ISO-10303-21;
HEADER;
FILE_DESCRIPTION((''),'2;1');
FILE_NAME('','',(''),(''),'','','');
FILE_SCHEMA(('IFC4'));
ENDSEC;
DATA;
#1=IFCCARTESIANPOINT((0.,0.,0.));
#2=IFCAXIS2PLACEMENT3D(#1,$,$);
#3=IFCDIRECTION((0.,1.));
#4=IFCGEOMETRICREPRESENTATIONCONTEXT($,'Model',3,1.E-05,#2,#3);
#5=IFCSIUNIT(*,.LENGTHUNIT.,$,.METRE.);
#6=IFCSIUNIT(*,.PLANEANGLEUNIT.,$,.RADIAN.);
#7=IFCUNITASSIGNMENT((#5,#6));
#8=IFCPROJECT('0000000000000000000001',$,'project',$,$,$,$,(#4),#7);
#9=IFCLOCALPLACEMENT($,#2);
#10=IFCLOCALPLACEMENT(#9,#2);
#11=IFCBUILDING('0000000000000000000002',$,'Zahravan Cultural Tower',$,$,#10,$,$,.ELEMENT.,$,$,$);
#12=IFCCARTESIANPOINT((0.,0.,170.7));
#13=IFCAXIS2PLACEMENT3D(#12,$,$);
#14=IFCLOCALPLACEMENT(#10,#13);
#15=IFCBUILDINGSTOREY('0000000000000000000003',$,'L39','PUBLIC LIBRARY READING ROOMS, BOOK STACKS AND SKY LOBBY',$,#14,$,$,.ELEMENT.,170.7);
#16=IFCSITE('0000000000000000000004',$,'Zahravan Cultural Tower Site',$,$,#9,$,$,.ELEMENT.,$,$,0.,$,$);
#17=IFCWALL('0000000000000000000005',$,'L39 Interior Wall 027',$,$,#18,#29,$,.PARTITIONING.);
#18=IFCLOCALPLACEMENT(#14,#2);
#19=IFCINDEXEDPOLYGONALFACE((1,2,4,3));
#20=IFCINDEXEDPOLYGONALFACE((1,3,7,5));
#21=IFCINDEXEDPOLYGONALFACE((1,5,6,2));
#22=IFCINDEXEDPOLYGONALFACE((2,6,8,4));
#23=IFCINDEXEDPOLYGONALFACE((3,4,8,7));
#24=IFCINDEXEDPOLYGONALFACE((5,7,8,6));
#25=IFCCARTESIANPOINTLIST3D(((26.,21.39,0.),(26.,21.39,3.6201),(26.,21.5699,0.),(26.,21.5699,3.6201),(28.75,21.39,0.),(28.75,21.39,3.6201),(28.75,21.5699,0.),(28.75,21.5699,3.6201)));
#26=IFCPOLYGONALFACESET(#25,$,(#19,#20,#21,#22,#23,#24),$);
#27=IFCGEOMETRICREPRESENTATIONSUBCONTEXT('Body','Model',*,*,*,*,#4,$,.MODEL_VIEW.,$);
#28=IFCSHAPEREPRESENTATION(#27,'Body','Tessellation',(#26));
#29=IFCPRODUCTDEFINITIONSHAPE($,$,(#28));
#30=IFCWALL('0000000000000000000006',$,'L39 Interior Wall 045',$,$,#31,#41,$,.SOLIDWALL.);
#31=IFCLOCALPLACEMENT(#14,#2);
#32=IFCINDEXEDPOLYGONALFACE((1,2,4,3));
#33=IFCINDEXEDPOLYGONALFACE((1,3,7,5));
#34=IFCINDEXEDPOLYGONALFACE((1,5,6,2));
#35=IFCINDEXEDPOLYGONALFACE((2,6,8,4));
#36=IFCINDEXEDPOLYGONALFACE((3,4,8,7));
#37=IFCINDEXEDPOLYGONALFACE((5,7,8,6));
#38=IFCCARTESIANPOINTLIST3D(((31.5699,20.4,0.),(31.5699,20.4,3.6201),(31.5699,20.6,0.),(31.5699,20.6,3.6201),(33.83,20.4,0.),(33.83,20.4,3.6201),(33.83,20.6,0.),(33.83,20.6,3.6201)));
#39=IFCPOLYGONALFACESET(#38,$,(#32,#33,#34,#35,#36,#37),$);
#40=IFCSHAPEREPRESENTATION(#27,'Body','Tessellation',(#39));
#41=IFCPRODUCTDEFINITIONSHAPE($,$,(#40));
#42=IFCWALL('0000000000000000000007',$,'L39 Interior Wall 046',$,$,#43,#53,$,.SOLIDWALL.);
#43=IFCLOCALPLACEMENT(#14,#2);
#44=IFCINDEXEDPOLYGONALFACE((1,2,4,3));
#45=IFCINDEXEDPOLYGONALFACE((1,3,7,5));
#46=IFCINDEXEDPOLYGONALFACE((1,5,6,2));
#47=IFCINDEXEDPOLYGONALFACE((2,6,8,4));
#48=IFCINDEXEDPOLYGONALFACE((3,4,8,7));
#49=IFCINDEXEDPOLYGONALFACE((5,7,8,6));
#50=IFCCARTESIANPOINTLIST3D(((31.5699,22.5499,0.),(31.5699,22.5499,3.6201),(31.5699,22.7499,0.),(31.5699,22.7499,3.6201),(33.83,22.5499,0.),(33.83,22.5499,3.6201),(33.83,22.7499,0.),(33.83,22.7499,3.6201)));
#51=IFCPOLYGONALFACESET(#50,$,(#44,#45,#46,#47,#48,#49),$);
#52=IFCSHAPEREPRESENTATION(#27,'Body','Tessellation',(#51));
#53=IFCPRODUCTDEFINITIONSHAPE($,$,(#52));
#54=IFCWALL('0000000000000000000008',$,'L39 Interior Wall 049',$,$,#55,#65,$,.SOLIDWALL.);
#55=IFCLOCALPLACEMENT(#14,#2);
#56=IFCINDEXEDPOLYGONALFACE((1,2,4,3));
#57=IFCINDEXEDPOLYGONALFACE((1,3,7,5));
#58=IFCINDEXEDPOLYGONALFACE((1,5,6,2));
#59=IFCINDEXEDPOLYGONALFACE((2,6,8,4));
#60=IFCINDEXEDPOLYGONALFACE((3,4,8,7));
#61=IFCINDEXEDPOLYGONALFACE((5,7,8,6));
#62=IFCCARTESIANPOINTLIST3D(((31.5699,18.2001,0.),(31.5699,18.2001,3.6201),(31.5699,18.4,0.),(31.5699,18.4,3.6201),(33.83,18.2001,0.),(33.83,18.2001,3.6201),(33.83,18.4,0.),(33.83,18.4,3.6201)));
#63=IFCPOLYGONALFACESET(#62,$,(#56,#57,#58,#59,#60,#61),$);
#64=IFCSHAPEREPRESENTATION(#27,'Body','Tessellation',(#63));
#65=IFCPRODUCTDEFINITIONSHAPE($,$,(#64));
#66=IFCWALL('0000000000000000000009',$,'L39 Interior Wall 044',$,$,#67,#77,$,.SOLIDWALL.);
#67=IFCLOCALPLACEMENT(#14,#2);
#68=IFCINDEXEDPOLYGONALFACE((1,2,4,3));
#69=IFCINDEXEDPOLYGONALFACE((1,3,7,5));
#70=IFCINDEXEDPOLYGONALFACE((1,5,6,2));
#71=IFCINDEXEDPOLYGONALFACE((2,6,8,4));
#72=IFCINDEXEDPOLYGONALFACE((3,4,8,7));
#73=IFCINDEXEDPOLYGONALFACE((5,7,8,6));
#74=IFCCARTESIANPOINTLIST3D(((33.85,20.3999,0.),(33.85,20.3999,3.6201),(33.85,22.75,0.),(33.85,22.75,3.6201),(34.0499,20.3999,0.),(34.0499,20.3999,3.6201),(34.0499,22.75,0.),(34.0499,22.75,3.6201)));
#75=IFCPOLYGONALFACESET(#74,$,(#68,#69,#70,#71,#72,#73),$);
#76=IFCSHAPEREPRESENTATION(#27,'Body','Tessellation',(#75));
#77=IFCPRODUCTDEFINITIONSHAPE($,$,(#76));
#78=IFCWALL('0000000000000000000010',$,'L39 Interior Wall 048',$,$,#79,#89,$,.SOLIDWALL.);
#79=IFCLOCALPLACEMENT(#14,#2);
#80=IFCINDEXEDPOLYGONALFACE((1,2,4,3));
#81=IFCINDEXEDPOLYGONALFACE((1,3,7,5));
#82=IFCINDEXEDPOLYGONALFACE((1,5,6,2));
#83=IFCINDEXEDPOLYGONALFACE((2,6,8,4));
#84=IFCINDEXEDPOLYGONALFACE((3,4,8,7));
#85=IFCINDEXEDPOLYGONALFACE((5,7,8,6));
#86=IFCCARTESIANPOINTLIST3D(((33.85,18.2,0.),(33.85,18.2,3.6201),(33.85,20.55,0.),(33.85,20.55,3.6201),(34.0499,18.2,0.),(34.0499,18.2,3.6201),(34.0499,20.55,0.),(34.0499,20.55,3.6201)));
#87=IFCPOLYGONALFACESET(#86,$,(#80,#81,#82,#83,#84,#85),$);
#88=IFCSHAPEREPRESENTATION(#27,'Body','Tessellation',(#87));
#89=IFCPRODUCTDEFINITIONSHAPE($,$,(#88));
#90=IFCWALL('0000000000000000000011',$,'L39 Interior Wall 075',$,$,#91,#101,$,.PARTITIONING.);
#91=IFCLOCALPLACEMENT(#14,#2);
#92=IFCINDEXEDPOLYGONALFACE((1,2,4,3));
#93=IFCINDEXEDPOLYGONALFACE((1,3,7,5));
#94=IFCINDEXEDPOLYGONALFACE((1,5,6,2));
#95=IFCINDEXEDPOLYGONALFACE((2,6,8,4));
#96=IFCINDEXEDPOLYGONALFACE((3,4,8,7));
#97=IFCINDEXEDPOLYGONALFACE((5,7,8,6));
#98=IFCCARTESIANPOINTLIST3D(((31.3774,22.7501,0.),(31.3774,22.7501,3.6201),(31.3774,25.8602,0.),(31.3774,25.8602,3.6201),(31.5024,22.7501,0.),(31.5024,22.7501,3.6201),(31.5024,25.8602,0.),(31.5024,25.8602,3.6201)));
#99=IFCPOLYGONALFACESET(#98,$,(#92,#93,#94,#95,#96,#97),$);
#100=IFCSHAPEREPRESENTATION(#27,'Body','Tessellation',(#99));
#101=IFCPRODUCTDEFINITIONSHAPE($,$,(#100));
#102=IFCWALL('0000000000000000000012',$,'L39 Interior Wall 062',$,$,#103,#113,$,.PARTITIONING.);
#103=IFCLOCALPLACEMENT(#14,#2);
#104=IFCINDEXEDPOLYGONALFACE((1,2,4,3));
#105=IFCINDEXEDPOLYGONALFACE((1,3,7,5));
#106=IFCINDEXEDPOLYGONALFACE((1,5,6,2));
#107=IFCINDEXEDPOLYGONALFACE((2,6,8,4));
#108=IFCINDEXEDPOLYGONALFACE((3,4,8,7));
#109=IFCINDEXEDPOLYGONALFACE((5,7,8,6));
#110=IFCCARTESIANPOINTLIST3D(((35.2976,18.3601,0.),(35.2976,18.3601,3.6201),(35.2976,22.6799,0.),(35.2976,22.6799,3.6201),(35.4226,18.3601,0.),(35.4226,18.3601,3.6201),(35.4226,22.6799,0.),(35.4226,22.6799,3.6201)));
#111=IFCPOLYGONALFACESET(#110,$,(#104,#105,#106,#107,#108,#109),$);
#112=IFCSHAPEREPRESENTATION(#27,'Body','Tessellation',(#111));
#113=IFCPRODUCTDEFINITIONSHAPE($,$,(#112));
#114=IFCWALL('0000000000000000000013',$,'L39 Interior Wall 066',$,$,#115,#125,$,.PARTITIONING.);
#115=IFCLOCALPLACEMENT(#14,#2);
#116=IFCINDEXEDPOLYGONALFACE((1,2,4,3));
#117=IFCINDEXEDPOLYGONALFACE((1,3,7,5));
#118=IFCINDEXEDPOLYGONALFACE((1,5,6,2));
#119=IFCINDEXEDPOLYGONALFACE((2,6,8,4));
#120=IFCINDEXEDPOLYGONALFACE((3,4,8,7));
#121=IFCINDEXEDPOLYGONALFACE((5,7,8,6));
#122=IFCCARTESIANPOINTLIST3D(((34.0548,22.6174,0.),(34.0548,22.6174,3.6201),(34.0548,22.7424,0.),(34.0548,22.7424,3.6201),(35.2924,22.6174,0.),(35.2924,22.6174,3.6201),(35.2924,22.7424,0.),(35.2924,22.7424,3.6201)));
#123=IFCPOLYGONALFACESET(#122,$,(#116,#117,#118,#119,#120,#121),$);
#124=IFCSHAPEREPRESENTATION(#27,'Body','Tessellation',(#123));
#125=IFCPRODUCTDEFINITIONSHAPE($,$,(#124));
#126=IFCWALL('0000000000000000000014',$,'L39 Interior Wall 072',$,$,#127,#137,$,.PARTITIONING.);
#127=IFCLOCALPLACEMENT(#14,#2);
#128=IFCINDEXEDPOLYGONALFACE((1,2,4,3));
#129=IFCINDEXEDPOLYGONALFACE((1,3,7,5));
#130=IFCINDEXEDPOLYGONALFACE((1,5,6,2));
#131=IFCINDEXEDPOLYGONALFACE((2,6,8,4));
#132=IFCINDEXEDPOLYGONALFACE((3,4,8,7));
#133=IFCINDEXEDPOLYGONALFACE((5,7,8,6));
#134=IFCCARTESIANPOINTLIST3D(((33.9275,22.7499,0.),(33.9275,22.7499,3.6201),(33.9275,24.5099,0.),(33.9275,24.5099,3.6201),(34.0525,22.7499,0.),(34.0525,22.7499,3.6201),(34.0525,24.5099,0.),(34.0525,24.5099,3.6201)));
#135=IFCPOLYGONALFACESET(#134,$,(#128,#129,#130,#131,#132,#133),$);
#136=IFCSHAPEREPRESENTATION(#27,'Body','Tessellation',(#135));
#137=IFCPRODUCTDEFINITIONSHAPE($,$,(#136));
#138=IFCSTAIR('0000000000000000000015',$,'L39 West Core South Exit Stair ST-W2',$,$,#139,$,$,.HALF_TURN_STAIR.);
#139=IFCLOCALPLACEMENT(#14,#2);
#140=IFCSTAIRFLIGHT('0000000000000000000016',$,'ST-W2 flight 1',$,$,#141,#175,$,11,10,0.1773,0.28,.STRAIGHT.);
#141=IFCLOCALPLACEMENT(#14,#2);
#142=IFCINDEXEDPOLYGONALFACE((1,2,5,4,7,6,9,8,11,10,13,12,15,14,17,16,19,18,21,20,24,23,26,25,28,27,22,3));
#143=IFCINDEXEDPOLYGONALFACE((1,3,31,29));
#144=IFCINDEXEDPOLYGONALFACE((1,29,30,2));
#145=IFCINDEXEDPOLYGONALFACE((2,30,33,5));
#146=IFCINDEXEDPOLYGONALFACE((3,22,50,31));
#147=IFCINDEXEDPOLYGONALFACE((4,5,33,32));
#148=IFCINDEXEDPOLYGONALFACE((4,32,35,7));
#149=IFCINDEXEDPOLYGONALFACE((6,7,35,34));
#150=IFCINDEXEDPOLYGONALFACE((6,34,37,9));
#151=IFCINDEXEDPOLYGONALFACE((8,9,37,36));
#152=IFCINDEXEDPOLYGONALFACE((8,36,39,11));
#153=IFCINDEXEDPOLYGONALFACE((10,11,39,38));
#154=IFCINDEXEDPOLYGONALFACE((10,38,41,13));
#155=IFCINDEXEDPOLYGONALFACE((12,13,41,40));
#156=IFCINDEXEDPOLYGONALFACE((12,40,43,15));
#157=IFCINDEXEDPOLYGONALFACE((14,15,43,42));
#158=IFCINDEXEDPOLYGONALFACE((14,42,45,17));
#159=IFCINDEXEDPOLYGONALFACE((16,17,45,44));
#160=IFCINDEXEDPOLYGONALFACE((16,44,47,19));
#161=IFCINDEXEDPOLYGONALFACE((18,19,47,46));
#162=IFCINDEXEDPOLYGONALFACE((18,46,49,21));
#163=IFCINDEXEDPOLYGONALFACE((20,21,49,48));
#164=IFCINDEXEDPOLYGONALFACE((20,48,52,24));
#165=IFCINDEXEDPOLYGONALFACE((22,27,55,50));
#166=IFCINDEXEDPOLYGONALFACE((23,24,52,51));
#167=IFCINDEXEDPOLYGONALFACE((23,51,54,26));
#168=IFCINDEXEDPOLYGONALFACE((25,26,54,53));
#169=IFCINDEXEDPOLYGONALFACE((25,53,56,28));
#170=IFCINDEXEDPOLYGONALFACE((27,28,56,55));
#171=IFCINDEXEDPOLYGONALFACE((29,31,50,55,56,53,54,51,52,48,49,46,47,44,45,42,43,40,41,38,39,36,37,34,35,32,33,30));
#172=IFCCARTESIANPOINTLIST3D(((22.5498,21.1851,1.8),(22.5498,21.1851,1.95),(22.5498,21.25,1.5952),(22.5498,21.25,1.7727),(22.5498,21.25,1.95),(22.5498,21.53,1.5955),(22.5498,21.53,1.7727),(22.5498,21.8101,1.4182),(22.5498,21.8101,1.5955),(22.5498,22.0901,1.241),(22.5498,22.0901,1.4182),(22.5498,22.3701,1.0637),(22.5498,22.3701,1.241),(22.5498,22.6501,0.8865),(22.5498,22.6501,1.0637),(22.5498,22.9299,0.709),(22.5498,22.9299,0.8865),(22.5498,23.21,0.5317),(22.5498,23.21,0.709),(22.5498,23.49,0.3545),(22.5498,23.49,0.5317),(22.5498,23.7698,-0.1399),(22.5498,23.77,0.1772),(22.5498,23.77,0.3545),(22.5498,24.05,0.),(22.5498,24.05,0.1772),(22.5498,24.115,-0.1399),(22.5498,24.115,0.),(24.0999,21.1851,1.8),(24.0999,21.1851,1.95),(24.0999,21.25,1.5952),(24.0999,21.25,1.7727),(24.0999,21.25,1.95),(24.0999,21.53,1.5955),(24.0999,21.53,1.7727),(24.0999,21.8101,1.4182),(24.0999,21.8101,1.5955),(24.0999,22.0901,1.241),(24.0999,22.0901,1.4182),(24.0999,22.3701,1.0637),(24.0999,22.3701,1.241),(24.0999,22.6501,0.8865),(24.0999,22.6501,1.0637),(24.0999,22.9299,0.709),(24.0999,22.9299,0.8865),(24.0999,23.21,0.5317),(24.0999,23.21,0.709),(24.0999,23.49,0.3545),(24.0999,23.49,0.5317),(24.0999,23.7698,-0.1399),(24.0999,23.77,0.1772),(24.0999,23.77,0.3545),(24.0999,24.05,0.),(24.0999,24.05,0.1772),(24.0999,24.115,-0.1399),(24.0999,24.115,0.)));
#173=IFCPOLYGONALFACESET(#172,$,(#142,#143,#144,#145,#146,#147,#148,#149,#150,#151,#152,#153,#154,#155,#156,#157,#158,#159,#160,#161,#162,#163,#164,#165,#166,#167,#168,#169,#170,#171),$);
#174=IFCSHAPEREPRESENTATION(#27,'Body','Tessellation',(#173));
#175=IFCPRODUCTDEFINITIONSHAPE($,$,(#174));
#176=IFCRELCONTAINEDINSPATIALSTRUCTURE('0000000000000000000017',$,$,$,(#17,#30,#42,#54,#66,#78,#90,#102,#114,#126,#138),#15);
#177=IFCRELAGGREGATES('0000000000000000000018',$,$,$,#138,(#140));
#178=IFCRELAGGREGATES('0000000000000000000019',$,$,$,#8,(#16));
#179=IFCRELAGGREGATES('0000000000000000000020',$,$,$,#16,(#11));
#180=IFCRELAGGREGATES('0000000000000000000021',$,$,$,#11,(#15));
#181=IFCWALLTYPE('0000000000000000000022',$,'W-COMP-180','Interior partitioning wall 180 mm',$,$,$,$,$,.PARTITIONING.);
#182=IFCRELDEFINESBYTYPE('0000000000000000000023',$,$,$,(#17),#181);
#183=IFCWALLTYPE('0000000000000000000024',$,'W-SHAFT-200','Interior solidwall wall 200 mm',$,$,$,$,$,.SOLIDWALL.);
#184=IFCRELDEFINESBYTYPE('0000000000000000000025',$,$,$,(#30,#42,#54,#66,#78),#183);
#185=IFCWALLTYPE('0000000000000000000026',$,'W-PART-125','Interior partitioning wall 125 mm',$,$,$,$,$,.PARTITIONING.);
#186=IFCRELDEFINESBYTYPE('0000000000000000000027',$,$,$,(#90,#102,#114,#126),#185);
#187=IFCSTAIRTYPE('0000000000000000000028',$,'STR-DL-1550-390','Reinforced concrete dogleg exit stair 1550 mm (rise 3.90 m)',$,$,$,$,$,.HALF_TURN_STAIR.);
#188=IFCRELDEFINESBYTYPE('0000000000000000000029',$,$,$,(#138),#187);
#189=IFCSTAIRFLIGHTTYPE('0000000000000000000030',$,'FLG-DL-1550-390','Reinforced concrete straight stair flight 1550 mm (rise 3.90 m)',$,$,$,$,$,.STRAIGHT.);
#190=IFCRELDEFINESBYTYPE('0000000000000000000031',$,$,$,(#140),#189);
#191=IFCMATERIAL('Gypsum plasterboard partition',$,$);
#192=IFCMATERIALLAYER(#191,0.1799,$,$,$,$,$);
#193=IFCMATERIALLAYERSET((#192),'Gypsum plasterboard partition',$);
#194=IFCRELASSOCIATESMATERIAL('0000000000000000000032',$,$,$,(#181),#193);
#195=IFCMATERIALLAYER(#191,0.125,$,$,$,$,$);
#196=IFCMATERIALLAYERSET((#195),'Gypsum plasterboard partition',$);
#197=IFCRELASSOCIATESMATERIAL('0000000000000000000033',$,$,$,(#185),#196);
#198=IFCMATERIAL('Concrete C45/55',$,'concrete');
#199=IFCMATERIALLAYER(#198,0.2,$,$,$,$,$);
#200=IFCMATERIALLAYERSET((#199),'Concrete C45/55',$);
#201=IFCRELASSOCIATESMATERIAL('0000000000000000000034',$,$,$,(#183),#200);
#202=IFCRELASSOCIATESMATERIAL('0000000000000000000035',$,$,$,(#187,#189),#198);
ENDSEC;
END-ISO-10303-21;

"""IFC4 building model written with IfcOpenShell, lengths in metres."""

from ifc_helpers import new_model, si_unit, direction, frame, frame_2d, origin, place, context, subcontext, project, spatial, polyline, rectangle, outline, extrude, source, transform, mapped, material, layer, layer_set, type_object, element, aggregate, save


model = new_model("IFC4")

# Units and contexts
model_context = context("Model", 3, precision=1e-05, world=origin(), true_north=direction((0.0, 1.0)))
body_context = subcontext(model_context, "Body", "Model", "MODEL_VIEW")
ifc_project = project(units=[si_unit("LENGTHUNIT", "METRE"), si_unit("PLANEANGLEUNIT", "RADIAN")], contexts=[model_context])

# Site, building, storey
site_placement = place(None, origin())
site = spatial("IfcSite", under=ifc_project, at=site_placement, Name="Zahravan Cultural Tower Site", CompositionType="ELEMENT", RefElevation=0.0)
building_placement = place(site_placement, origin())
building = spatial("IfcBuilding", under=site, at=building_placement, Name="Zahravan Cultural Tower", CompositionType="ELEMENT")
storey_placement = place(building_placement, frame((0.0, 0.0, 170.7)))
storey = spatial("IfcBuildingStorey", under=building, at=storey_placement, Name="L39", Description="PUBLIC LIBRARY READING ROOMS, BOOK STACKS AND SKY LOBBY", CompositionType="ELEMENT", Elevation=170.7)

# Shared definitions
ifc_material_1 = material(Name="Gypsum plasterboard partition")
ifc_layer_1 = layer(ifc_material_1, 0.1799)
ifc_layer_set_1 = layer_set([ifc_layer_1], Name="Gypsum plasterboard partition")
wall_type_1 = type_object("IfcWallType", Name="W-COMP-180", Description="Interior partitioning wall 180 mm", PredefinedType="PARTITIONING", material=ifc_layer_set_1)
ifc_layer_2 = layer(ifc_material_1, 0.125)
ifc_layer_set_2 = layer_set([ifc_layer_2], Name="Gypsum plasterboard partition")
wall_type_2 = type_object("IfcWallType", Name="W-PART-125", Description="Interior partitioning wall 125 mm", PredefinedType="PARTITIONING", material=ifc_layer_set_2)
ifc_material_2 = material(Name="Concrete C45/55", Category="concrete")
ifc_layer_3 = layer(ifc_material_2, 0.2)
ifc_layer_set_3 = layer_set([ifc_layer_3], Name="Concrete C45/55")
wall_type_3 = type_object("IfcWallType", Name="W-SHAFT-200", Description="Interior solidwall wall 200 mm", PredefinedType="SOLIDWALL", material=ifc_layer_set_3)

# Walls
shared_shape_1 = source(origin(), body_context, "Body", "SweptSolid", [
    extrude(rectangle(XDim=2.75, YDim=0.1799, at=frame_2d((1.375, 0.0))), origin(), (0.0, 0.0, 1.0), 3.6201),
])
wall_1_placement = place(storey_placement, frame((26.0, 21.48, 0.0), z_axis=(0.0, 0.0, 1.0), x_axis=(1.0, 0.0, 0.0)))
element("IfcWall", 1, at=wall_1_placement, inside=storey, type_object=wall_type_1, Name="L39 Interior Wall 027", PredefinedType="PARTITIONING", context=body_context, shape_type="MappedRepresentation", body=[
    mapped(shared_shape_1, transform((0.0, 0.0, 0.0), x_axis=(1.0, 0.0, 0.0), y_axis=(0.0, 1.0, 0.0), z_axis=(0.0, 0.0, 1.0), scale=1.0)),
])
shared_shape_2 = source(origin(), body_context, "Body", "SweptSolid", [
    extrude(rectangle(XDim=2.26, YDim=0.2, at=frame_2d((1.1299, 0.0))), origin(), (0.0, 0.0, 1.0), 3.6201),
])
for number, where, z_axis, x_axis, name in (
    (2, (31.5701, 20.5, 0.0), (0.0, 0.0, 1.0), (1.0, 0.0, 0.0), "L39 Interior Wall 045"),
    (3, (31.5701, 22.6499, 0.0), (0.0, 0.0, 1.0), (1.0, 0.0, 0.0), "L39 Interior Wall 046"),
    (4, (31.5701, 18.3, 0.0), (0.0, 0.0, 1.0), (1.0, 0.0, 0.0), "L39 Interior Wall 049"),
):
    element("IfcWall", number, at=place(storey_placement, frame(where, z_axis=z_axis, x_axis=x_axis)), inside=storey, type_object=wall_type_3, Name=name, PredefinedType="SOLIDWALL", context=body_context, shape_type="MappedRepresentation", body=[
        mapped(shared_shape_2, transform((0.0, 0.0, 0.0), x_axis=(1.0, 0.0, 0.0), y_axis=(0.0, 1.0, 0.0), z_axis=(0.0, 0.0, 1.0), scale=1.0)),
    ])
shared_shape_3 = source(origin(), body_context, "Body", "SweptSolid", [
    extrude(rectangle(XDim=2.3501, YDim=0.2, at=frame_2d((1.175, 0.0))), origin(), (0.0, 0.0, 1.0), 3.6201),
])
for number, where, z_axis, x_axis, name in (
    (5, (33.95, 20.3999, 0.0), (0.0, 0.0, 1.0), (0.0, 1.0, 0.0), "L39 Interior Wall 044"),
    (6, (33.95, 18.2, 0.0), (0.0, 0.0, 1.0), (0.0, 1.0, 0.0), "L39 Interior Wall 048"),
):
    element("IfcWall", number, at=place(storey_placement, frame(where, z_axis=z_axis, x_axis=x_axis)), inside=storey, type_object=wall_type_3, Name=name, PredefinedType="SOLIDWALL", context=body_context, shape_type="MappedRepresentation", body=[
        mapped(shared_shape_3, transform((0.0, 0.0, 0.0), x_axis=(1.0, 0.0, 0.0), y_axis=(0.0, 1.0, 0.0), z_axis=(0.0, 0.0, 1.0), scale=1.0)),
    ])
shared_shape_4 = source(origin(), body_context, "Body", "SweptSolid", [
    extrude(rectangle(XDim=3.1101, YDim=0.125, at=frame_2d((1.5552, 0.0))), origin(), (0.0, 0.0, 1.0), 3.6201),
])
wall_2_placement = place(storey_placement, frame((31.4399, 22.75, 0.0), z_axis=(0.0, 0.0, 1.0), x_axis=(0.0, 1.0, 0.0)))
element("IfcWall", 7, at=wall_2_placement, inside=storey, type_object=wall_type_2, Name="L39 Interior Wall 075", PredefinedType="PARTITIONING", context=body_context, shape_type="MappedRepresentation", body=[
    mapped(shared_shape_4, transform((0.0, 0.0, 0.0), x_axis=(1.0, 0.0, 0.0), y_axis=(0.0, 1.0, 0.0), z_axis=(0.0, 0.0, 1.0), scale=1.0)),
])
shared_shape_5 = source(origin(), body_context, "Body", "SweptSolid", [
    extrude(rectangle(XDim=4.3198, YDim=0.125, at=frame_2d((2.1599, 0.0))), origin(), (0.0, 0.0, 1.0), 3.6201),
])
wall_3_placement = place(storey_placement, frame((35.3601, 18.3601, 0.0), z_axis=(0.0, 0.0, 1.0), x_axis=(0.0, 1.0, 0.0)))
element("IfcWall", 8, at=wall_3_placement, inside=storey, type_object=wall_type_2, Name="L39 Interior Wall 062", PredefinedType="PARTITIONING", context=body_context, shape_type="MappedRepresentation", body=[
    mapped(shared_shape_5, transform((0.0, 0.0, 0.0), x_axis=(1.0, 0.0, 0.0), y_axis=(0.0, 1.0, 0.0), z_axis=(0.0, 0.0, 1.0), scale=1.0)),
])
shared_shape_6 = source(origin(), body_context, "Body", "SweptSolid", [
    extrude(rectangle(XDim=1.2375, YDim=0.125, at=frame_2d((0.6187, 0.0))), origin(), (0.0, 0.0, 1.0), 3.6201),
])
wall_4_placement = place(storey_placement, frame((34.0549, 22.6799, 0.0), z_axis=(0.0, 0.0, 1.0), x_axis=(1.0, 0.0, 0.0)))
element("IfcWall", 9, at=wall_4_placement, inside=storey, type_object=wall_type_2, Name="L39 Interior Wall 066", PredefinedType="PARTITIONING", context=body_context, shape_type="MappedRepresentation", body=[
    mapped(shared_shape_6, transform((0.0, 0.0, 0.0), x_axis=(1.0, 0.0, 0.0), y_axis=(0.0, 1.0, 0.0), z_axis=(0.0, 0.0, 1.0), scale=1.0)),
])
shared_shape_7 = source(origin(), body_context, "Body", "SweptSolid", [
    extrude(rectangle(XDim=1.76, YDim=0.125, at=frame_2d((0.8799, 0.0))), origin(), (0.0, 0.0, 1.0), 3.6201),
])
wall_5_placement = place(storey_placement, frame((33.99, 22.75, 0.0), z_axis=(0.0, 0.0, 1.0), x_axis=(0.0, 1.0, 0.0)))
element("IfcWall", 10, at=wall_5_placement, inside=storey, type_object=wall_type_2, Name="L39 Interior Wall 072", PredefinedType="PARTITIONING", context=body_context, shape_type="MappedRepresentation", body=[
    mapped(shared_shape_7, transform((0.0, 0.0, 0.0), x_axis=(1.0, 0.0, 0.0), y_axis=(0.0, 1.0, 0.0), z_axis=(0.0, 0.0, 1.0), scale=1.0)),
])

# Stair, stair flight
stair_type = type_object("IfcStairType", Name="STR-DL-1550-390", Description="Reinforced concrete dogleg exit stair 1550 mm (rise 3.90 m)", PredefinedType="HALF_TURN_STAIR", material=ifc_material_2)
stair_placement = place(storey_placement, origin())
stair = element("IfcStair", 11, at=stair_placement, inside=storey, type_object=stair_type, Name="L39 West Core South Exit Stair ST-W2", PredefinedType="HALF_TURN_STAIR")
stair_flight_type = type_object("IfcStairFlightType", Name="FLG-DL-1550-390", Description="Reinforced concrete straight stair flight 1550 mm (rise 3.90 m)", PredefinedType="STRAIGHT", material=ifc_material_2)
stair_flight_1_placement = place(storey_placement, frame((23.325, 24.05, 0.0), z_axis=(0.0, 0.0, 1.0), x_axis=(0.0, -1.0, 0.0)))
stair_flight_1 = element("IfcStairFlight", 12, at=stair_flight_1_placement, type_object=stair_flight_type, Name="ST-W2 flight 1", NumberOfRisers=11, NumberOfTreads=10, PredefinedType="STRAIGHT", RiserHeight=0.1773, TreadLength=0.28, context=body_context, shape_type="SweptSolid", body=[
    extrude(outline(polyline([(-0.0649, -0.1399), (-0.0649, 0.0), (0.0, 0.0), (0.0, 0.1772), (0.28, 0.1772), (0.28, 0.3545), (0.5601, 0.3545), (0.5601, 0.5317), (0.8401, 0.5317), (0.8401, 0.709), (1.1201, 0.709), (1.1201, 0.8865), (1.3999, 0.8865), (1.3999, 1.0637), (1.6799, 1.0637), (1.6799, 1.241), (1.96, 1.241), (1.96, 1.4182), (2.24, 1.4182), (2.24, 1.5955), (2.52, 1.5955), (2.52, 1.7727), (2.8, 1.7727), (2.8, 1.95), (2.865, 1.95), (2.865, 1.8), (2.8, 1.5952), (0.2803, -0.1399), (-0.0649, -0.1399)])), frame((0.0, 0.7749, 0.0), z_axis=(0.0, -1.0, 0.0), x_axis=(1.0, 0.0, 0.0)), (0.0, 0.0, 1.0), 1.55),
])
aggregate(stair, [stair_flight_1])

save(model, "model.ifc")
